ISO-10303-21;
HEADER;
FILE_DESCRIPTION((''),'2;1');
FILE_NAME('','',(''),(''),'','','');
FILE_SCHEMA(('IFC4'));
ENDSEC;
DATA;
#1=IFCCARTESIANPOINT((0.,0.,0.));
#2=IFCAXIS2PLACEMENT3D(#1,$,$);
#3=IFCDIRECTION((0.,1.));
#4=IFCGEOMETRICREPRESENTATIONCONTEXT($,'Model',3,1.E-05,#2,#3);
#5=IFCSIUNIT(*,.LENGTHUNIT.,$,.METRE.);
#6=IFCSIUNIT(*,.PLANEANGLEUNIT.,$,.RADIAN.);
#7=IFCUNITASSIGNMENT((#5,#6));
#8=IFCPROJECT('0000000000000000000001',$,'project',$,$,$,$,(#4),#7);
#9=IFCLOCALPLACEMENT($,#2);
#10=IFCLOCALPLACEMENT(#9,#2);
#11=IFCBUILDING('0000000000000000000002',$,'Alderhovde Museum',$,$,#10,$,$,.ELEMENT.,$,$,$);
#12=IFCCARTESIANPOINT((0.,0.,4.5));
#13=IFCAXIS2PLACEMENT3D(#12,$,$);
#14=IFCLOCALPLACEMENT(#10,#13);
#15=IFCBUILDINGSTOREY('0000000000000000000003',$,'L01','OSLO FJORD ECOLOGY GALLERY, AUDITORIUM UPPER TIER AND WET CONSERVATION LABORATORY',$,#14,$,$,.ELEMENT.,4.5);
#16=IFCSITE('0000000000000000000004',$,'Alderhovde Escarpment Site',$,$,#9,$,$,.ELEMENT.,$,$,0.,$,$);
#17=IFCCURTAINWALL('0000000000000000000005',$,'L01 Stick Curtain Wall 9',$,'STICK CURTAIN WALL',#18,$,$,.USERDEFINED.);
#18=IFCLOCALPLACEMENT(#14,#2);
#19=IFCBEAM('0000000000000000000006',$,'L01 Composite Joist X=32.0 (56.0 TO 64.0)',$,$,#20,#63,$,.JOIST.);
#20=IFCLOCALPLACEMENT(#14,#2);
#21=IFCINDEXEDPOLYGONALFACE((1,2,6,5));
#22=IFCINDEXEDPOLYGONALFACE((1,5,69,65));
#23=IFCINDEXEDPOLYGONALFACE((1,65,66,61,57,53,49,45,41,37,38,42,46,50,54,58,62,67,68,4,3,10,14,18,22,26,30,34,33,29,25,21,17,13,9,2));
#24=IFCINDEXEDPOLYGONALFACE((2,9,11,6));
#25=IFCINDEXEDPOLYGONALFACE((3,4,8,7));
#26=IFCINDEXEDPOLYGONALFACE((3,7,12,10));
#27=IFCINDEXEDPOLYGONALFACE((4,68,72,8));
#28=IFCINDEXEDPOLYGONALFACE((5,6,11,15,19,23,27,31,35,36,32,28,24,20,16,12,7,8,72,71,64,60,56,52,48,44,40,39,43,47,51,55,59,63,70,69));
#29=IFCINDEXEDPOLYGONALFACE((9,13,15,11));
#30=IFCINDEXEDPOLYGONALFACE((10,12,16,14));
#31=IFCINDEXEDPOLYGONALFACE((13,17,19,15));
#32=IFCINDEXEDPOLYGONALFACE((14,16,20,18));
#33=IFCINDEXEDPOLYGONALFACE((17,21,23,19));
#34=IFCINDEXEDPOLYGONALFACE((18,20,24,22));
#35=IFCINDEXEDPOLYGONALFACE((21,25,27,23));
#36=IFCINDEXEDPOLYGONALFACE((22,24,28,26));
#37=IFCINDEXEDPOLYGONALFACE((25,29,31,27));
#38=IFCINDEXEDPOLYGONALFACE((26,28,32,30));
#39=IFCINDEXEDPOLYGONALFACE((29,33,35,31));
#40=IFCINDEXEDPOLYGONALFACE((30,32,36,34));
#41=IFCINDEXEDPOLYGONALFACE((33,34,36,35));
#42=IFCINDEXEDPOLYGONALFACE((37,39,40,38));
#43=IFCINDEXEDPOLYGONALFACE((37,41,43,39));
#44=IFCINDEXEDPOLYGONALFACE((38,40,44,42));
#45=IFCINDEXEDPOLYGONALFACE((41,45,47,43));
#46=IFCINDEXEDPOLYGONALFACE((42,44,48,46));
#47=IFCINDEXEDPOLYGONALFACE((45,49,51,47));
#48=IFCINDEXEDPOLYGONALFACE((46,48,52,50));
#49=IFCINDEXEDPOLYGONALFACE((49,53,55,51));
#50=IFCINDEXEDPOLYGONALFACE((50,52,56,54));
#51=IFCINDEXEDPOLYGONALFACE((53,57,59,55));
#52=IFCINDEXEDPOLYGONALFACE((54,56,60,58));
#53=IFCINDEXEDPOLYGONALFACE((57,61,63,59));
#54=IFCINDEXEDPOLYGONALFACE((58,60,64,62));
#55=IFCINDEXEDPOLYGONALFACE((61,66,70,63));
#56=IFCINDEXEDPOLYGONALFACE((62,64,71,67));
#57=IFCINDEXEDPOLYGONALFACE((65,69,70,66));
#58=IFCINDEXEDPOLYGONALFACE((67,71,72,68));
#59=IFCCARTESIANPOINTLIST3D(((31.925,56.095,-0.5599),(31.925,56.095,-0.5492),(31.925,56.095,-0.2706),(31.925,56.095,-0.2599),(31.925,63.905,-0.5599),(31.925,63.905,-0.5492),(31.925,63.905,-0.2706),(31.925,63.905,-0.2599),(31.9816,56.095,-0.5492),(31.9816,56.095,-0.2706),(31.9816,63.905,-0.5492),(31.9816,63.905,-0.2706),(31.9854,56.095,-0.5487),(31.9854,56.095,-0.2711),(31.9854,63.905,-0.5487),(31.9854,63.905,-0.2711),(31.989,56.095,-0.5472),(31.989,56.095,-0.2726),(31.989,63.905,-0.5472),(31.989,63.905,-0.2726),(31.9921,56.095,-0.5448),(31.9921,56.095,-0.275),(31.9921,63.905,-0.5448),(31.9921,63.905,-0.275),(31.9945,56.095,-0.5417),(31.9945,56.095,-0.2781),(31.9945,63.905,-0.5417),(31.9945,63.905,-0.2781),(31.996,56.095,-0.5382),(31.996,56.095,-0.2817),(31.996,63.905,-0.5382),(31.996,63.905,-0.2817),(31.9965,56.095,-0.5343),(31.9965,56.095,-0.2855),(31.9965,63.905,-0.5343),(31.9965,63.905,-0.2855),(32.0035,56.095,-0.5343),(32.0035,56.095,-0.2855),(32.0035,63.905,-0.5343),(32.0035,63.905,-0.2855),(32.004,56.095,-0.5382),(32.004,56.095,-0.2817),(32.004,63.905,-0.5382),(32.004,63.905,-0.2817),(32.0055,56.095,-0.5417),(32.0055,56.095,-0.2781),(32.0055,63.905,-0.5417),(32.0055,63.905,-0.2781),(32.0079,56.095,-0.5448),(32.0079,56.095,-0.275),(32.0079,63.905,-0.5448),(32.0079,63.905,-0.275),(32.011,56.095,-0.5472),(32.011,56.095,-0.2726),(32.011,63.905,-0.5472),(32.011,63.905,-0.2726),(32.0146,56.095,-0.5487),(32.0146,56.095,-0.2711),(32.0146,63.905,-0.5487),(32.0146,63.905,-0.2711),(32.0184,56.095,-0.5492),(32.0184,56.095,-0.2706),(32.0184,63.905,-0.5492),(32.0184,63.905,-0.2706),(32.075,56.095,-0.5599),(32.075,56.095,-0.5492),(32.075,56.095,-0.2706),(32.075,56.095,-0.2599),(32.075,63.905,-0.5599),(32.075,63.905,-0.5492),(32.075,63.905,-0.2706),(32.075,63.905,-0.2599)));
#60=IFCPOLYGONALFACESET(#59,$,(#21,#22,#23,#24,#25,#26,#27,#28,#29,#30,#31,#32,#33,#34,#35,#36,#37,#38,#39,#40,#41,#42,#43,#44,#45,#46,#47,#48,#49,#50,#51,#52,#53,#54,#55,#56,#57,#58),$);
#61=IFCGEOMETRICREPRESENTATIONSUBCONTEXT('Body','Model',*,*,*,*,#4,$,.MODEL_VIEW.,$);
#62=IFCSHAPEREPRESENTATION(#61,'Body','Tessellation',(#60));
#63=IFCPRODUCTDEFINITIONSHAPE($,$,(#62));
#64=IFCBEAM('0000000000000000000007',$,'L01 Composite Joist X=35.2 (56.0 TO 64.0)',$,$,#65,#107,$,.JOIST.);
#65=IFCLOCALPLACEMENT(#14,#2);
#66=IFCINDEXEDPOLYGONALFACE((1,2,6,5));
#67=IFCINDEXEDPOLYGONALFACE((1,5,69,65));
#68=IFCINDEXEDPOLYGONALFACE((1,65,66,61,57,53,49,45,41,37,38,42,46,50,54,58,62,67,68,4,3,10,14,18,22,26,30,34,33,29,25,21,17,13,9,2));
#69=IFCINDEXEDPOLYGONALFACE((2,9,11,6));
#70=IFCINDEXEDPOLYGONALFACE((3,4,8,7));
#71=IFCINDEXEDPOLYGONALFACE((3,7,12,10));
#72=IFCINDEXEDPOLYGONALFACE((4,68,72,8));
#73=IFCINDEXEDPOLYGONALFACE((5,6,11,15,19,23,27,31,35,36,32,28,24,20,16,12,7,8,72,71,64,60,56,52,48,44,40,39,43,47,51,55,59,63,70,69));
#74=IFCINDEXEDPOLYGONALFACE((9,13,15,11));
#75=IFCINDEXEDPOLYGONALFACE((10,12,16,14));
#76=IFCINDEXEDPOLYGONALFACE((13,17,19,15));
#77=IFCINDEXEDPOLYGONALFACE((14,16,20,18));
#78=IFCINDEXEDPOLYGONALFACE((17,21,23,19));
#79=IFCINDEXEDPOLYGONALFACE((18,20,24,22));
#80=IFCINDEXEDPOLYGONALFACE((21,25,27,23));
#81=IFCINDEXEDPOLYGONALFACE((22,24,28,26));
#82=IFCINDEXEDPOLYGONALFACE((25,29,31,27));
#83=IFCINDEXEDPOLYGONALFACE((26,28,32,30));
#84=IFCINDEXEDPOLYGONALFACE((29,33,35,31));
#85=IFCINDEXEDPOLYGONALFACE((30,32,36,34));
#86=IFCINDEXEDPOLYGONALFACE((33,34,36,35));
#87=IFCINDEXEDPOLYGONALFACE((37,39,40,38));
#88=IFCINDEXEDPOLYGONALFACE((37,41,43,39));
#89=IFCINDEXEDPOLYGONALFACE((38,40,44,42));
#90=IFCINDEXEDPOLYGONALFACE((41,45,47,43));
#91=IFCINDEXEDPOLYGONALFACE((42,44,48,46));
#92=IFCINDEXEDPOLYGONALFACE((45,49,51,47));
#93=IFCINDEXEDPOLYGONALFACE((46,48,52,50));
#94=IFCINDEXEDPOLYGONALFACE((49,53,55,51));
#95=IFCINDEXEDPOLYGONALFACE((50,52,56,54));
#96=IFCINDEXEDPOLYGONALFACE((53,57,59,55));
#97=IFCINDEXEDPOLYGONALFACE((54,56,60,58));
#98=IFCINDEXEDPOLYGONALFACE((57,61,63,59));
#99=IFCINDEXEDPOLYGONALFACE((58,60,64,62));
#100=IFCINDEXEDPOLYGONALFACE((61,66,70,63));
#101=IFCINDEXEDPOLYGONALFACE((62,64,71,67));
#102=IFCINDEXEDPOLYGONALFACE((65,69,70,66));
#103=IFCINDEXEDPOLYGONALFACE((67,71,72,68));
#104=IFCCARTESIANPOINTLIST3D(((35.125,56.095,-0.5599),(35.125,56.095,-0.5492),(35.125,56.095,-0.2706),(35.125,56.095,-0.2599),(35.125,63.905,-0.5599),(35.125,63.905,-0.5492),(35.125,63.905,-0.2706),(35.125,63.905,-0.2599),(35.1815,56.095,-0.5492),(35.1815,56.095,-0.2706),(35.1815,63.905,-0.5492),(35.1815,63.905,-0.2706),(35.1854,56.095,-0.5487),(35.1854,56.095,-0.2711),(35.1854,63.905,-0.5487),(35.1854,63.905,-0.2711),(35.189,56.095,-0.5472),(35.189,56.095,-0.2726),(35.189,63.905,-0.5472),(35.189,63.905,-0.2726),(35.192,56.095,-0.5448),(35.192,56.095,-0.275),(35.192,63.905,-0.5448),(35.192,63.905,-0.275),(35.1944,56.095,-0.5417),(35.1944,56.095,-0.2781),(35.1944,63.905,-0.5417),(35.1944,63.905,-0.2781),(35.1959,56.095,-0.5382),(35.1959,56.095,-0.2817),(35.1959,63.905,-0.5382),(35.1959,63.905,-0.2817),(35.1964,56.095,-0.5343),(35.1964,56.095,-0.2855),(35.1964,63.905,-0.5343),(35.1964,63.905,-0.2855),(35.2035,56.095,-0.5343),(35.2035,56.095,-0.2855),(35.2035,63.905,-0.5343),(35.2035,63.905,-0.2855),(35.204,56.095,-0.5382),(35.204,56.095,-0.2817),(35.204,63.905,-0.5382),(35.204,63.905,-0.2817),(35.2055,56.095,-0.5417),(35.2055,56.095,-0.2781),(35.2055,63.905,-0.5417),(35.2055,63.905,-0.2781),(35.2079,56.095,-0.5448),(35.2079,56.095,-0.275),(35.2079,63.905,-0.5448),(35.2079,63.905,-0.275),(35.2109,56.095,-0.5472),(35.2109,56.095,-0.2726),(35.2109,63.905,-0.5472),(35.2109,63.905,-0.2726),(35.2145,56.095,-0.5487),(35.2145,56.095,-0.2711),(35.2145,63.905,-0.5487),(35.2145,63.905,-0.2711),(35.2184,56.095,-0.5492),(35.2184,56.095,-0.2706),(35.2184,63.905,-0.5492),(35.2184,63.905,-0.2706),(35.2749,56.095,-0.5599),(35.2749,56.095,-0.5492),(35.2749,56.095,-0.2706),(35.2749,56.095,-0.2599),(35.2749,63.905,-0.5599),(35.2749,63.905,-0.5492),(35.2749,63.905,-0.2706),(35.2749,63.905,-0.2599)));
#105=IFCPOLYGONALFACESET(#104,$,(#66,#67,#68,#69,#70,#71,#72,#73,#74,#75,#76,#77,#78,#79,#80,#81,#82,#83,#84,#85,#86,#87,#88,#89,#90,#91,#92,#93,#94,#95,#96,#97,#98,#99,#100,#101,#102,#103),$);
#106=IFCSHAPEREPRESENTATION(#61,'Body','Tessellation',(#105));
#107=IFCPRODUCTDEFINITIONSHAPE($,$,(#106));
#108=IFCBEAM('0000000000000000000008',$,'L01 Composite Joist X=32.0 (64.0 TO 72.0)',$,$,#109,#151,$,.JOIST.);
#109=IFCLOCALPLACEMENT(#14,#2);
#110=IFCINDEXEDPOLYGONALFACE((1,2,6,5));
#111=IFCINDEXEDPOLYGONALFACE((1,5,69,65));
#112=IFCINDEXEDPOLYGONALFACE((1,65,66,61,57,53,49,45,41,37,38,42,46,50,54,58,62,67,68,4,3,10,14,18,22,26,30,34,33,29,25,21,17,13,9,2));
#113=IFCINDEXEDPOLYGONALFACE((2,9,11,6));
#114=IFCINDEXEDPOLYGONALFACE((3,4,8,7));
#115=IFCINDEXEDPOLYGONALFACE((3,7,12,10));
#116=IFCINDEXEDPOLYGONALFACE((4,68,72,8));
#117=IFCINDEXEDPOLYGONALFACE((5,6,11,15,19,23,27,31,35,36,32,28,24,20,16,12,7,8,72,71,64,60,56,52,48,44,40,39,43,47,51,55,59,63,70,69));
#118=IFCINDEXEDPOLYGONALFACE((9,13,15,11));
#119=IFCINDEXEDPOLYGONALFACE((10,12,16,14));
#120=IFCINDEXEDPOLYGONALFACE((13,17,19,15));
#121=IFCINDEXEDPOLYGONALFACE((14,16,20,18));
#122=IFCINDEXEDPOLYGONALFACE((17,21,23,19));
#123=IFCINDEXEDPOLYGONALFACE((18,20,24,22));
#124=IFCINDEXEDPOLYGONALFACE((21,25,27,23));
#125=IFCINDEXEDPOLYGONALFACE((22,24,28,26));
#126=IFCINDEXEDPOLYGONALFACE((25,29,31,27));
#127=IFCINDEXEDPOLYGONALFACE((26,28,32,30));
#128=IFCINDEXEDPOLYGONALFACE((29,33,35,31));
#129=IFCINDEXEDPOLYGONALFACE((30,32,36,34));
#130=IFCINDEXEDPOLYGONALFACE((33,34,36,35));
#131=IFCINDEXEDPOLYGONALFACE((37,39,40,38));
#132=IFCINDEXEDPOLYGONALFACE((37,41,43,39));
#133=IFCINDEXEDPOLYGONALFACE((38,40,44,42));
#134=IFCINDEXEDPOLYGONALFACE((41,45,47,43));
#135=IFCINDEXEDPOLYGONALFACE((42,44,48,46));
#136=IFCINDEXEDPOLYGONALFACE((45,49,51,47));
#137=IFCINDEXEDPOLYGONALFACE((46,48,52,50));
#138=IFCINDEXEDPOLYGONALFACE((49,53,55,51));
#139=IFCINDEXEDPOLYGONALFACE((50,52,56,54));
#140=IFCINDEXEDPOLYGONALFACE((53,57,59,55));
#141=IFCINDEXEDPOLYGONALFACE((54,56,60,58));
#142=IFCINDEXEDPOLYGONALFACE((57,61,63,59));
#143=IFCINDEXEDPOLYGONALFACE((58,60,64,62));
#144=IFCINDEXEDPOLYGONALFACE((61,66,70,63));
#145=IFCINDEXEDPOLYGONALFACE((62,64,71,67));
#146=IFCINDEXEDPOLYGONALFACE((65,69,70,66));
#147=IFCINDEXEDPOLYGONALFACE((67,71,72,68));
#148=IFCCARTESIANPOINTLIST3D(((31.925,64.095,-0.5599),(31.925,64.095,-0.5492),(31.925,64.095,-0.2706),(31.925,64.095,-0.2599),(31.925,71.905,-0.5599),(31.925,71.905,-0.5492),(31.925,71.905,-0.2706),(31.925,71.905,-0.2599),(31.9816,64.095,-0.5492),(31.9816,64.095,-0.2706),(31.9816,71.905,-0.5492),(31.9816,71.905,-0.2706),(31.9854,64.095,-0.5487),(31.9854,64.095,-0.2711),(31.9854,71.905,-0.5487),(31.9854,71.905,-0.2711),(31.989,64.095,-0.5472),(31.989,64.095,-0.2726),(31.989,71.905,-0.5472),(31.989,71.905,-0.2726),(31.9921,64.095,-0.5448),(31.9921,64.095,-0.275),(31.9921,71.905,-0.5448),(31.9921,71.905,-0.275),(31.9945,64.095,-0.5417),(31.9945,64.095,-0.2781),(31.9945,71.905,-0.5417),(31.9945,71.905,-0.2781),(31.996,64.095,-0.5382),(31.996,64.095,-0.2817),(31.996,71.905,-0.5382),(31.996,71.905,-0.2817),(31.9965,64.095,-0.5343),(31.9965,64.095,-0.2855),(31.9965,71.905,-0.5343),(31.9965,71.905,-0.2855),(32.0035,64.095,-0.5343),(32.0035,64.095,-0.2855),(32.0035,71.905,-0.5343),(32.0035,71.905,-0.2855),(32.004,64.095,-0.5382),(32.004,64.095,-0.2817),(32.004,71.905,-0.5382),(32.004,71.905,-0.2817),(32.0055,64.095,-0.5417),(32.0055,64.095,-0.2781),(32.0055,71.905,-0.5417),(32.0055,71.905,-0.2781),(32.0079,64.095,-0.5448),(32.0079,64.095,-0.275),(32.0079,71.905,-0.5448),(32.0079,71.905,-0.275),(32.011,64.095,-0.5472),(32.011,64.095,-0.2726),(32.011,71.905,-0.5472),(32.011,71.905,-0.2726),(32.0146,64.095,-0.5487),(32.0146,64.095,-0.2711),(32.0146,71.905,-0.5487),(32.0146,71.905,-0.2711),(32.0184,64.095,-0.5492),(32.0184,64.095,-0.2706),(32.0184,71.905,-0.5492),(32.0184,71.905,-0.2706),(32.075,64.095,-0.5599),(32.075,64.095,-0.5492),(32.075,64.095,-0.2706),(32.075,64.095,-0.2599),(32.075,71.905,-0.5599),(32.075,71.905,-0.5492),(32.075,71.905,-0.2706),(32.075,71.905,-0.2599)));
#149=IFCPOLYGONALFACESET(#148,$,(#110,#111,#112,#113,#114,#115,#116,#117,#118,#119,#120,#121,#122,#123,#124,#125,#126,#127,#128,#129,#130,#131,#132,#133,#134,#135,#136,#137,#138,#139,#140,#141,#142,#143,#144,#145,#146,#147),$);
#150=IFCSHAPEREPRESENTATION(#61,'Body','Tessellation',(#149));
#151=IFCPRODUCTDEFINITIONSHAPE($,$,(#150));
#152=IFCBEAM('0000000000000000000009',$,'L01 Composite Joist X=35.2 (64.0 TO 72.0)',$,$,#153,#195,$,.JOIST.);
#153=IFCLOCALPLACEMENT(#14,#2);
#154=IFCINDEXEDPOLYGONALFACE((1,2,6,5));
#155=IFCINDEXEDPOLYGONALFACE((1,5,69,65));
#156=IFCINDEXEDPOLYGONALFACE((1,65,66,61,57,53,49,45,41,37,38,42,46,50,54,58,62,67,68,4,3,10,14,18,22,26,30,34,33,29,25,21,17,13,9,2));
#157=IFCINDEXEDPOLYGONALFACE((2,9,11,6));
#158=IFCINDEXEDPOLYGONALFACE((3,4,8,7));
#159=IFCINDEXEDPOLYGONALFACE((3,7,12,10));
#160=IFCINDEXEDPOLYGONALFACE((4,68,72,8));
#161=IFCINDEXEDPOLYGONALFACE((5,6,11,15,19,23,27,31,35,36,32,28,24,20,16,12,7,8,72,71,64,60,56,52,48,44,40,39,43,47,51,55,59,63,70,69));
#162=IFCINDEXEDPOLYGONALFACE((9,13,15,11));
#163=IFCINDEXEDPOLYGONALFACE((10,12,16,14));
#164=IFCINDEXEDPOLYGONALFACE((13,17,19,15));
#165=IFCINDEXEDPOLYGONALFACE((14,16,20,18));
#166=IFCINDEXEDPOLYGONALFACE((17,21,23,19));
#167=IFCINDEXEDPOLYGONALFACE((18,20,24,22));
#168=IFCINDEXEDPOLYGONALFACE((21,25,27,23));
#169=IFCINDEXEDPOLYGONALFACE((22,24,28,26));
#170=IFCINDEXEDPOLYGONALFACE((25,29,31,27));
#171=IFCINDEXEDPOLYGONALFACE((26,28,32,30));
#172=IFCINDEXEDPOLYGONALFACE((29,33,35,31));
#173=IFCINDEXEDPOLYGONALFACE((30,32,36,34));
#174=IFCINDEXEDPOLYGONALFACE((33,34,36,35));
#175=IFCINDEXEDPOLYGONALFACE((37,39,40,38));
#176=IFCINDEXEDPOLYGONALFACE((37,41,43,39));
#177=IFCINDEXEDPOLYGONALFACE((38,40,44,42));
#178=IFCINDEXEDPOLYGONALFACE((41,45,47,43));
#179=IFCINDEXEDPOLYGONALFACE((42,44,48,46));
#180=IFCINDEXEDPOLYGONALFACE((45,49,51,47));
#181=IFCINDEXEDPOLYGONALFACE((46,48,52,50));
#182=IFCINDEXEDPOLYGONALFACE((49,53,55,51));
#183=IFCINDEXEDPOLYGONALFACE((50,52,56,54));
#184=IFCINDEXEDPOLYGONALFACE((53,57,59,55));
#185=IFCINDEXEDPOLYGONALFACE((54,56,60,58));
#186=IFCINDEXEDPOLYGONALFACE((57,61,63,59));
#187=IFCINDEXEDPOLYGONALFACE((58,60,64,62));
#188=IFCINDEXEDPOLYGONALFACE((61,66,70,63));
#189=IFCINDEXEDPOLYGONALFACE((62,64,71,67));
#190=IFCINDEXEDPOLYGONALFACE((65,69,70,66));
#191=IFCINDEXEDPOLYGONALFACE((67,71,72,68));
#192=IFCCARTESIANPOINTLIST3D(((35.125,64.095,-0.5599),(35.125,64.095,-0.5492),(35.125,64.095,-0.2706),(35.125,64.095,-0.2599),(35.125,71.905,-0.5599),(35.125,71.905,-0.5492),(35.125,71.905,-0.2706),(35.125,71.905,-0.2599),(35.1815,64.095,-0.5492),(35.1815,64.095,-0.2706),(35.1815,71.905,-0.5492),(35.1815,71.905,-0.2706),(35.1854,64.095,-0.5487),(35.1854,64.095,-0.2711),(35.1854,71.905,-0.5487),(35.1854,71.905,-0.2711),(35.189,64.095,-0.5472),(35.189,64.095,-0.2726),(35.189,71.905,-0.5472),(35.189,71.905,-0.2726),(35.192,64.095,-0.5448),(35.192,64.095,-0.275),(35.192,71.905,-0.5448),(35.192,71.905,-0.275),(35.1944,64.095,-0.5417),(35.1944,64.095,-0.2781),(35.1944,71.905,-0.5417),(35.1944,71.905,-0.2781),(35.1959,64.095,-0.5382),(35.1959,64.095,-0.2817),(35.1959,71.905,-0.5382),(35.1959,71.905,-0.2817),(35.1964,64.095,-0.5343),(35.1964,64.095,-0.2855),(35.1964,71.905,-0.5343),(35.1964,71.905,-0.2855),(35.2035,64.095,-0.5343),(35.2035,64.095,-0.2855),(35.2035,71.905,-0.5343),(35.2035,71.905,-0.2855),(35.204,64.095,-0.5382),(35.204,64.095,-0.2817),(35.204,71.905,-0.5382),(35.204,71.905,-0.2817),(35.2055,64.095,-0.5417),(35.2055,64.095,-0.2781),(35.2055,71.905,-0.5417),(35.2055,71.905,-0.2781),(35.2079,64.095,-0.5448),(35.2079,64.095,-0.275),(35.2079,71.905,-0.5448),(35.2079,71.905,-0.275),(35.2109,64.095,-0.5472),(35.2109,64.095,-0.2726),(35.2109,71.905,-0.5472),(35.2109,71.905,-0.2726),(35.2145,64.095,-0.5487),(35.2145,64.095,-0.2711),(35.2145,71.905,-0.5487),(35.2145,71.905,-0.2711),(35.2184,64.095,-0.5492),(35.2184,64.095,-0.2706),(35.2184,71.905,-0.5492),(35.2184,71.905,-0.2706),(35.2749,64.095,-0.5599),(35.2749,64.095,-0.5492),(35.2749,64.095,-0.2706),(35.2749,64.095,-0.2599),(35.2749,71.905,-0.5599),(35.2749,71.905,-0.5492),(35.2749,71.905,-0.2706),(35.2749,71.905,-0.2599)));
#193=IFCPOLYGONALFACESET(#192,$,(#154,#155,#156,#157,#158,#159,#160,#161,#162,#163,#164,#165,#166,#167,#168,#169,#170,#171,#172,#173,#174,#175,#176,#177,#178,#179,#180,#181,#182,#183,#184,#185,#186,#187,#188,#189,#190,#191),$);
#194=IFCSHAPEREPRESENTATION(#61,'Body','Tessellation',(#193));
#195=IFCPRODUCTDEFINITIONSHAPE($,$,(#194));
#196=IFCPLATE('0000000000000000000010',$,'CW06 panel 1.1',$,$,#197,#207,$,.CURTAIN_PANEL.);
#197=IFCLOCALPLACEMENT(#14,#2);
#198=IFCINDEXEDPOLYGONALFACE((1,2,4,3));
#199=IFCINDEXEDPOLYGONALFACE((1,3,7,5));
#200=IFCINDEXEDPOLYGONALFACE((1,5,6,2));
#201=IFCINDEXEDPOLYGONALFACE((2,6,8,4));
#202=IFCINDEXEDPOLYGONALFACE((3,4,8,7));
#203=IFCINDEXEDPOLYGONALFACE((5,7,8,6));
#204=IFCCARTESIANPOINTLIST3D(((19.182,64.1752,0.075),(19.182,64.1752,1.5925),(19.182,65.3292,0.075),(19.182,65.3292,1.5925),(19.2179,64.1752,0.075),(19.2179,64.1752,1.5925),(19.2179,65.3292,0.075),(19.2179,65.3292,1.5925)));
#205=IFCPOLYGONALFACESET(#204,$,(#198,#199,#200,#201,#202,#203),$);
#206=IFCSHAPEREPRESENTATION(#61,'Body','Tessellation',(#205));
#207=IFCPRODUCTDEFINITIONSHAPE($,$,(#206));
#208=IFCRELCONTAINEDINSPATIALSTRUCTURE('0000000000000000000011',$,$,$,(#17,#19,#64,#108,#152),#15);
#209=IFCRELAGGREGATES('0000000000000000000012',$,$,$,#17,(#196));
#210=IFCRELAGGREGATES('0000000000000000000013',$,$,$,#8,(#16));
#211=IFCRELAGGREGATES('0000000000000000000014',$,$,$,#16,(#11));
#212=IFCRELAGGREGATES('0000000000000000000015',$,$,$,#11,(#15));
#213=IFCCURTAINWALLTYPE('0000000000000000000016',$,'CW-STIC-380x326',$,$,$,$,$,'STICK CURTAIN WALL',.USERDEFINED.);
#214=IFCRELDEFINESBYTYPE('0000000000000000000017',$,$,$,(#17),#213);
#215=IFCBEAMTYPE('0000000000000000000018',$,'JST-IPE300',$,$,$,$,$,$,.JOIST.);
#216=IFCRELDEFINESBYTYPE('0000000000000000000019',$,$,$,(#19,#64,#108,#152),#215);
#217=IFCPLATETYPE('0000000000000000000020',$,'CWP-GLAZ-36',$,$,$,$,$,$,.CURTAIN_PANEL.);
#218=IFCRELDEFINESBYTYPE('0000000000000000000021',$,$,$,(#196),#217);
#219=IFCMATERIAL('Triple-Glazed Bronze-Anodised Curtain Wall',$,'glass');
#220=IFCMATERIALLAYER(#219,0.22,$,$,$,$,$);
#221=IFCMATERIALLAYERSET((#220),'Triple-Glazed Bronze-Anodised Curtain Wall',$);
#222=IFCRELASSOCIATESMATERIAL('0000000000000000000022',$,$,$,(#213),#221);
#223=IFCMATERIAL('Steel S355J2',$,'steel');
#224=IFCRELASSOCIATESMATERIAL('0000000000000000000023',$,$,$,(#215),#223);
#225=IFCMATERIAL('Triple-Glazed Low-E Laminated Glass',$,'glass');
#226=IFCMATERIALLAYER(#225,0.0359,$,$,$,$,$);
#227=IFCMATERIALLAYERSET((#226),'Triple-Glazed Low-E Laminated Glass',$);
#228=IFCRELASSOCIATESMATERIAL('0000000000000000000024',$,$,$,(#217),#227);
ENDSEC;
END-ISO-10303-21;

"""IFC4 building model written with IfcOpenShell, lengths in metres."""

from ifc_helpers import new_model, si_unit, direction, frame, origin, origin_2d, place, context, subcontext, project, spatial, rectangle, i_section, extrude, material, layer, layer_set, material_profile, profile_set, type_object, element, aggregate, save


model = new_model("IFC4")

# Units and contexts
model_context = context("Model", 3, precision=1e-05, world=origin(), true_north=direction((0.0, 1.0)))
body_context = subcontext(model_context, "Body", "Model", "MODEL_VIEW")
ifc_project = project(units=[si_unit("LENGTHUNIT", "METRE"), si_unit("PLANEANGLEUNIT", "RADIAN")], contexts=[model_context])

# Site, building, storey
site_placement = place(None, origin())
site = spatial("IfcSite", under=ifc_project, at=site_placement, Name="Alderhovde Escarpment Site", CompositionType="ELEMENT", RefElevation=0.0)
building_placement = place(site_placement, origin())
building = spatial("IfcBuilding", under=site, at=building_placement, Name="Alderhovde Museum", CompositionType="ELEMENT")
storey_placement = place(building_placement, frame((0.0, 0.0, 4.5)))
storey = spatial("IfcBuildingStorey", under=building, at=storey_placement, Name="L01", Description="OSLO FJORD ECOLOGY GALLERY, AUDITORIUM UPPER TIER AND WET CONSERVATION LABORATORY", CompositionType="ELEMENT", Elevation=4.5)

# Curtain wall
ifc_material_1 = material(Name="Triple-Glazed Bronze-Anodised Curtain Wall", Category="glass")
ifc_layer_1 = layer(ifc_material_1, 0.22)
ifc_layer_set_1 = layer_set([ifc_layer_1], Name="Triple-Glazed Bronze-Anodised Curtain Wall")
curtain_wall_type = type_object("IfcCurtainWallType", Name="CW-STIC-380x326", ElementType="STICK CURTAIN WALL", PredefinedType="USERDEFINED", material=ifc_layer_set_1)
curtain_wall_placement = place(storey_placement, origin())
curtain_wall = element("IfcCurtainWall", 1, at=curtain_wall_placement, inside=storey, type_object=curtain_wall_type, Name="L01 Stick Curtain Wall 9", ObjectType="STICK CURTAIN WALL", PredefinedType="USERDEFINED")

# Beams
ifc_material_2 = material(Name="Steel S355J2", Category="steel")
ifc_material_profile_1 = material_profile(ifc_material_2, i_section(OverallWidth=0.1499, OverallDepth=0.3, WebThickness=0.0071, FlangeThickness=0.0107, FilletRadius=0.0149, at=origin_2d()), Name="IPE 300")
ifc_profile_set_1 = profile_set([ifc_material_profile_1], Name="Steel S355J2")
beam_type_1 = type_object("IfcBeamType", Name="JST-IPE300", PredefinedType="JOIST", material=ifc_profile_set_1)
for number, where, z_axis, x_axis, name in (
    (2, (32.0, 56.095, -0.4099), (0.0, 1.0, 0.0), (-1.0, 0.0, 0.0), "L01 Composite Joist X=32.0 (56.0 TO 64.0)"),
    (3, (35.2, 56.095, -0.4099), (0.0, 1.0, 0.0), (-1.0, 0.0, 0.0), "L01 Composite Joist X=35.2 (56.0 TO 64.0)"),
    (4, (32.0, 64.095, -0.4099), (0.0, 1.0, 0.0), (-1.0, 0.0, 0.0), "L01 Composite Joist X=32.0 (64.0 TO 72.0)"),
    (5, (35.2, 64.095, -0.4099), (0.0, 1.0, 0.0), (-1.0, 0.0, 0.0), "L01 Composite Joist X=35.2 (64.0 TO 72.0)"),
):
    element("IfcBeam", number, at=place(storey_placement, frame(where, z_axis=z_axis, x_axis=x_axis)), inside=storey, type_object=beam_type_1, Name=name, PredefinedType="JOIST", context=body_context, shape_type="SweptSolid", body=[
        extrude(i_section(OverallWidth=0.1499, OverallDepth=0.3, WebThickness=0.0071, FlangeThickness=0.0107, FilletRadius=0.0149, at=origin_2d()), origin(), (0.0, 0.0, 1.0), 7.8101),
    ])

# Plate
ifc_material_3 = material(Name="Triple-Glazed Low-E Laminated Glass", Category="glass")
ifc_layer_2 = layer(ifc_material_3, 0.0359)
ifc_layer_set_2 = layer_set([ifc_layer_2], Name="Triple-Glazed Low-E Laminated Glass")
plate_type = type_object("IfcPlateType", Name="CWP-GLAZ-36", PredefinedType="CURTAIN_PANEL", material=ifc_layer_set_2)
plate_1_placement = place(storey_placement, frame((19.2, 64.7522, 0.075), z_axis=(0.0, 0.0, 1.0), x_axis=(0.0, 1.0, 0.0)))
plate_1 = element("IfcPlate", 6, at=plate_1_placement, type_object=plate_type, Name="CW06 panel 1.1", PredefinedType="CURTAIN_PANEL", context=body_context, shape_type="SweptSolid", body=[
    extrude(rectangle(XDim=1.1541, YDim=0.0359, at=origin_2d()), origin(), (0.0, 0.0, 1.0), 1.5176),
])
aggregate(curtain_wall, [plate_1])

save(model, "model.ifc")
